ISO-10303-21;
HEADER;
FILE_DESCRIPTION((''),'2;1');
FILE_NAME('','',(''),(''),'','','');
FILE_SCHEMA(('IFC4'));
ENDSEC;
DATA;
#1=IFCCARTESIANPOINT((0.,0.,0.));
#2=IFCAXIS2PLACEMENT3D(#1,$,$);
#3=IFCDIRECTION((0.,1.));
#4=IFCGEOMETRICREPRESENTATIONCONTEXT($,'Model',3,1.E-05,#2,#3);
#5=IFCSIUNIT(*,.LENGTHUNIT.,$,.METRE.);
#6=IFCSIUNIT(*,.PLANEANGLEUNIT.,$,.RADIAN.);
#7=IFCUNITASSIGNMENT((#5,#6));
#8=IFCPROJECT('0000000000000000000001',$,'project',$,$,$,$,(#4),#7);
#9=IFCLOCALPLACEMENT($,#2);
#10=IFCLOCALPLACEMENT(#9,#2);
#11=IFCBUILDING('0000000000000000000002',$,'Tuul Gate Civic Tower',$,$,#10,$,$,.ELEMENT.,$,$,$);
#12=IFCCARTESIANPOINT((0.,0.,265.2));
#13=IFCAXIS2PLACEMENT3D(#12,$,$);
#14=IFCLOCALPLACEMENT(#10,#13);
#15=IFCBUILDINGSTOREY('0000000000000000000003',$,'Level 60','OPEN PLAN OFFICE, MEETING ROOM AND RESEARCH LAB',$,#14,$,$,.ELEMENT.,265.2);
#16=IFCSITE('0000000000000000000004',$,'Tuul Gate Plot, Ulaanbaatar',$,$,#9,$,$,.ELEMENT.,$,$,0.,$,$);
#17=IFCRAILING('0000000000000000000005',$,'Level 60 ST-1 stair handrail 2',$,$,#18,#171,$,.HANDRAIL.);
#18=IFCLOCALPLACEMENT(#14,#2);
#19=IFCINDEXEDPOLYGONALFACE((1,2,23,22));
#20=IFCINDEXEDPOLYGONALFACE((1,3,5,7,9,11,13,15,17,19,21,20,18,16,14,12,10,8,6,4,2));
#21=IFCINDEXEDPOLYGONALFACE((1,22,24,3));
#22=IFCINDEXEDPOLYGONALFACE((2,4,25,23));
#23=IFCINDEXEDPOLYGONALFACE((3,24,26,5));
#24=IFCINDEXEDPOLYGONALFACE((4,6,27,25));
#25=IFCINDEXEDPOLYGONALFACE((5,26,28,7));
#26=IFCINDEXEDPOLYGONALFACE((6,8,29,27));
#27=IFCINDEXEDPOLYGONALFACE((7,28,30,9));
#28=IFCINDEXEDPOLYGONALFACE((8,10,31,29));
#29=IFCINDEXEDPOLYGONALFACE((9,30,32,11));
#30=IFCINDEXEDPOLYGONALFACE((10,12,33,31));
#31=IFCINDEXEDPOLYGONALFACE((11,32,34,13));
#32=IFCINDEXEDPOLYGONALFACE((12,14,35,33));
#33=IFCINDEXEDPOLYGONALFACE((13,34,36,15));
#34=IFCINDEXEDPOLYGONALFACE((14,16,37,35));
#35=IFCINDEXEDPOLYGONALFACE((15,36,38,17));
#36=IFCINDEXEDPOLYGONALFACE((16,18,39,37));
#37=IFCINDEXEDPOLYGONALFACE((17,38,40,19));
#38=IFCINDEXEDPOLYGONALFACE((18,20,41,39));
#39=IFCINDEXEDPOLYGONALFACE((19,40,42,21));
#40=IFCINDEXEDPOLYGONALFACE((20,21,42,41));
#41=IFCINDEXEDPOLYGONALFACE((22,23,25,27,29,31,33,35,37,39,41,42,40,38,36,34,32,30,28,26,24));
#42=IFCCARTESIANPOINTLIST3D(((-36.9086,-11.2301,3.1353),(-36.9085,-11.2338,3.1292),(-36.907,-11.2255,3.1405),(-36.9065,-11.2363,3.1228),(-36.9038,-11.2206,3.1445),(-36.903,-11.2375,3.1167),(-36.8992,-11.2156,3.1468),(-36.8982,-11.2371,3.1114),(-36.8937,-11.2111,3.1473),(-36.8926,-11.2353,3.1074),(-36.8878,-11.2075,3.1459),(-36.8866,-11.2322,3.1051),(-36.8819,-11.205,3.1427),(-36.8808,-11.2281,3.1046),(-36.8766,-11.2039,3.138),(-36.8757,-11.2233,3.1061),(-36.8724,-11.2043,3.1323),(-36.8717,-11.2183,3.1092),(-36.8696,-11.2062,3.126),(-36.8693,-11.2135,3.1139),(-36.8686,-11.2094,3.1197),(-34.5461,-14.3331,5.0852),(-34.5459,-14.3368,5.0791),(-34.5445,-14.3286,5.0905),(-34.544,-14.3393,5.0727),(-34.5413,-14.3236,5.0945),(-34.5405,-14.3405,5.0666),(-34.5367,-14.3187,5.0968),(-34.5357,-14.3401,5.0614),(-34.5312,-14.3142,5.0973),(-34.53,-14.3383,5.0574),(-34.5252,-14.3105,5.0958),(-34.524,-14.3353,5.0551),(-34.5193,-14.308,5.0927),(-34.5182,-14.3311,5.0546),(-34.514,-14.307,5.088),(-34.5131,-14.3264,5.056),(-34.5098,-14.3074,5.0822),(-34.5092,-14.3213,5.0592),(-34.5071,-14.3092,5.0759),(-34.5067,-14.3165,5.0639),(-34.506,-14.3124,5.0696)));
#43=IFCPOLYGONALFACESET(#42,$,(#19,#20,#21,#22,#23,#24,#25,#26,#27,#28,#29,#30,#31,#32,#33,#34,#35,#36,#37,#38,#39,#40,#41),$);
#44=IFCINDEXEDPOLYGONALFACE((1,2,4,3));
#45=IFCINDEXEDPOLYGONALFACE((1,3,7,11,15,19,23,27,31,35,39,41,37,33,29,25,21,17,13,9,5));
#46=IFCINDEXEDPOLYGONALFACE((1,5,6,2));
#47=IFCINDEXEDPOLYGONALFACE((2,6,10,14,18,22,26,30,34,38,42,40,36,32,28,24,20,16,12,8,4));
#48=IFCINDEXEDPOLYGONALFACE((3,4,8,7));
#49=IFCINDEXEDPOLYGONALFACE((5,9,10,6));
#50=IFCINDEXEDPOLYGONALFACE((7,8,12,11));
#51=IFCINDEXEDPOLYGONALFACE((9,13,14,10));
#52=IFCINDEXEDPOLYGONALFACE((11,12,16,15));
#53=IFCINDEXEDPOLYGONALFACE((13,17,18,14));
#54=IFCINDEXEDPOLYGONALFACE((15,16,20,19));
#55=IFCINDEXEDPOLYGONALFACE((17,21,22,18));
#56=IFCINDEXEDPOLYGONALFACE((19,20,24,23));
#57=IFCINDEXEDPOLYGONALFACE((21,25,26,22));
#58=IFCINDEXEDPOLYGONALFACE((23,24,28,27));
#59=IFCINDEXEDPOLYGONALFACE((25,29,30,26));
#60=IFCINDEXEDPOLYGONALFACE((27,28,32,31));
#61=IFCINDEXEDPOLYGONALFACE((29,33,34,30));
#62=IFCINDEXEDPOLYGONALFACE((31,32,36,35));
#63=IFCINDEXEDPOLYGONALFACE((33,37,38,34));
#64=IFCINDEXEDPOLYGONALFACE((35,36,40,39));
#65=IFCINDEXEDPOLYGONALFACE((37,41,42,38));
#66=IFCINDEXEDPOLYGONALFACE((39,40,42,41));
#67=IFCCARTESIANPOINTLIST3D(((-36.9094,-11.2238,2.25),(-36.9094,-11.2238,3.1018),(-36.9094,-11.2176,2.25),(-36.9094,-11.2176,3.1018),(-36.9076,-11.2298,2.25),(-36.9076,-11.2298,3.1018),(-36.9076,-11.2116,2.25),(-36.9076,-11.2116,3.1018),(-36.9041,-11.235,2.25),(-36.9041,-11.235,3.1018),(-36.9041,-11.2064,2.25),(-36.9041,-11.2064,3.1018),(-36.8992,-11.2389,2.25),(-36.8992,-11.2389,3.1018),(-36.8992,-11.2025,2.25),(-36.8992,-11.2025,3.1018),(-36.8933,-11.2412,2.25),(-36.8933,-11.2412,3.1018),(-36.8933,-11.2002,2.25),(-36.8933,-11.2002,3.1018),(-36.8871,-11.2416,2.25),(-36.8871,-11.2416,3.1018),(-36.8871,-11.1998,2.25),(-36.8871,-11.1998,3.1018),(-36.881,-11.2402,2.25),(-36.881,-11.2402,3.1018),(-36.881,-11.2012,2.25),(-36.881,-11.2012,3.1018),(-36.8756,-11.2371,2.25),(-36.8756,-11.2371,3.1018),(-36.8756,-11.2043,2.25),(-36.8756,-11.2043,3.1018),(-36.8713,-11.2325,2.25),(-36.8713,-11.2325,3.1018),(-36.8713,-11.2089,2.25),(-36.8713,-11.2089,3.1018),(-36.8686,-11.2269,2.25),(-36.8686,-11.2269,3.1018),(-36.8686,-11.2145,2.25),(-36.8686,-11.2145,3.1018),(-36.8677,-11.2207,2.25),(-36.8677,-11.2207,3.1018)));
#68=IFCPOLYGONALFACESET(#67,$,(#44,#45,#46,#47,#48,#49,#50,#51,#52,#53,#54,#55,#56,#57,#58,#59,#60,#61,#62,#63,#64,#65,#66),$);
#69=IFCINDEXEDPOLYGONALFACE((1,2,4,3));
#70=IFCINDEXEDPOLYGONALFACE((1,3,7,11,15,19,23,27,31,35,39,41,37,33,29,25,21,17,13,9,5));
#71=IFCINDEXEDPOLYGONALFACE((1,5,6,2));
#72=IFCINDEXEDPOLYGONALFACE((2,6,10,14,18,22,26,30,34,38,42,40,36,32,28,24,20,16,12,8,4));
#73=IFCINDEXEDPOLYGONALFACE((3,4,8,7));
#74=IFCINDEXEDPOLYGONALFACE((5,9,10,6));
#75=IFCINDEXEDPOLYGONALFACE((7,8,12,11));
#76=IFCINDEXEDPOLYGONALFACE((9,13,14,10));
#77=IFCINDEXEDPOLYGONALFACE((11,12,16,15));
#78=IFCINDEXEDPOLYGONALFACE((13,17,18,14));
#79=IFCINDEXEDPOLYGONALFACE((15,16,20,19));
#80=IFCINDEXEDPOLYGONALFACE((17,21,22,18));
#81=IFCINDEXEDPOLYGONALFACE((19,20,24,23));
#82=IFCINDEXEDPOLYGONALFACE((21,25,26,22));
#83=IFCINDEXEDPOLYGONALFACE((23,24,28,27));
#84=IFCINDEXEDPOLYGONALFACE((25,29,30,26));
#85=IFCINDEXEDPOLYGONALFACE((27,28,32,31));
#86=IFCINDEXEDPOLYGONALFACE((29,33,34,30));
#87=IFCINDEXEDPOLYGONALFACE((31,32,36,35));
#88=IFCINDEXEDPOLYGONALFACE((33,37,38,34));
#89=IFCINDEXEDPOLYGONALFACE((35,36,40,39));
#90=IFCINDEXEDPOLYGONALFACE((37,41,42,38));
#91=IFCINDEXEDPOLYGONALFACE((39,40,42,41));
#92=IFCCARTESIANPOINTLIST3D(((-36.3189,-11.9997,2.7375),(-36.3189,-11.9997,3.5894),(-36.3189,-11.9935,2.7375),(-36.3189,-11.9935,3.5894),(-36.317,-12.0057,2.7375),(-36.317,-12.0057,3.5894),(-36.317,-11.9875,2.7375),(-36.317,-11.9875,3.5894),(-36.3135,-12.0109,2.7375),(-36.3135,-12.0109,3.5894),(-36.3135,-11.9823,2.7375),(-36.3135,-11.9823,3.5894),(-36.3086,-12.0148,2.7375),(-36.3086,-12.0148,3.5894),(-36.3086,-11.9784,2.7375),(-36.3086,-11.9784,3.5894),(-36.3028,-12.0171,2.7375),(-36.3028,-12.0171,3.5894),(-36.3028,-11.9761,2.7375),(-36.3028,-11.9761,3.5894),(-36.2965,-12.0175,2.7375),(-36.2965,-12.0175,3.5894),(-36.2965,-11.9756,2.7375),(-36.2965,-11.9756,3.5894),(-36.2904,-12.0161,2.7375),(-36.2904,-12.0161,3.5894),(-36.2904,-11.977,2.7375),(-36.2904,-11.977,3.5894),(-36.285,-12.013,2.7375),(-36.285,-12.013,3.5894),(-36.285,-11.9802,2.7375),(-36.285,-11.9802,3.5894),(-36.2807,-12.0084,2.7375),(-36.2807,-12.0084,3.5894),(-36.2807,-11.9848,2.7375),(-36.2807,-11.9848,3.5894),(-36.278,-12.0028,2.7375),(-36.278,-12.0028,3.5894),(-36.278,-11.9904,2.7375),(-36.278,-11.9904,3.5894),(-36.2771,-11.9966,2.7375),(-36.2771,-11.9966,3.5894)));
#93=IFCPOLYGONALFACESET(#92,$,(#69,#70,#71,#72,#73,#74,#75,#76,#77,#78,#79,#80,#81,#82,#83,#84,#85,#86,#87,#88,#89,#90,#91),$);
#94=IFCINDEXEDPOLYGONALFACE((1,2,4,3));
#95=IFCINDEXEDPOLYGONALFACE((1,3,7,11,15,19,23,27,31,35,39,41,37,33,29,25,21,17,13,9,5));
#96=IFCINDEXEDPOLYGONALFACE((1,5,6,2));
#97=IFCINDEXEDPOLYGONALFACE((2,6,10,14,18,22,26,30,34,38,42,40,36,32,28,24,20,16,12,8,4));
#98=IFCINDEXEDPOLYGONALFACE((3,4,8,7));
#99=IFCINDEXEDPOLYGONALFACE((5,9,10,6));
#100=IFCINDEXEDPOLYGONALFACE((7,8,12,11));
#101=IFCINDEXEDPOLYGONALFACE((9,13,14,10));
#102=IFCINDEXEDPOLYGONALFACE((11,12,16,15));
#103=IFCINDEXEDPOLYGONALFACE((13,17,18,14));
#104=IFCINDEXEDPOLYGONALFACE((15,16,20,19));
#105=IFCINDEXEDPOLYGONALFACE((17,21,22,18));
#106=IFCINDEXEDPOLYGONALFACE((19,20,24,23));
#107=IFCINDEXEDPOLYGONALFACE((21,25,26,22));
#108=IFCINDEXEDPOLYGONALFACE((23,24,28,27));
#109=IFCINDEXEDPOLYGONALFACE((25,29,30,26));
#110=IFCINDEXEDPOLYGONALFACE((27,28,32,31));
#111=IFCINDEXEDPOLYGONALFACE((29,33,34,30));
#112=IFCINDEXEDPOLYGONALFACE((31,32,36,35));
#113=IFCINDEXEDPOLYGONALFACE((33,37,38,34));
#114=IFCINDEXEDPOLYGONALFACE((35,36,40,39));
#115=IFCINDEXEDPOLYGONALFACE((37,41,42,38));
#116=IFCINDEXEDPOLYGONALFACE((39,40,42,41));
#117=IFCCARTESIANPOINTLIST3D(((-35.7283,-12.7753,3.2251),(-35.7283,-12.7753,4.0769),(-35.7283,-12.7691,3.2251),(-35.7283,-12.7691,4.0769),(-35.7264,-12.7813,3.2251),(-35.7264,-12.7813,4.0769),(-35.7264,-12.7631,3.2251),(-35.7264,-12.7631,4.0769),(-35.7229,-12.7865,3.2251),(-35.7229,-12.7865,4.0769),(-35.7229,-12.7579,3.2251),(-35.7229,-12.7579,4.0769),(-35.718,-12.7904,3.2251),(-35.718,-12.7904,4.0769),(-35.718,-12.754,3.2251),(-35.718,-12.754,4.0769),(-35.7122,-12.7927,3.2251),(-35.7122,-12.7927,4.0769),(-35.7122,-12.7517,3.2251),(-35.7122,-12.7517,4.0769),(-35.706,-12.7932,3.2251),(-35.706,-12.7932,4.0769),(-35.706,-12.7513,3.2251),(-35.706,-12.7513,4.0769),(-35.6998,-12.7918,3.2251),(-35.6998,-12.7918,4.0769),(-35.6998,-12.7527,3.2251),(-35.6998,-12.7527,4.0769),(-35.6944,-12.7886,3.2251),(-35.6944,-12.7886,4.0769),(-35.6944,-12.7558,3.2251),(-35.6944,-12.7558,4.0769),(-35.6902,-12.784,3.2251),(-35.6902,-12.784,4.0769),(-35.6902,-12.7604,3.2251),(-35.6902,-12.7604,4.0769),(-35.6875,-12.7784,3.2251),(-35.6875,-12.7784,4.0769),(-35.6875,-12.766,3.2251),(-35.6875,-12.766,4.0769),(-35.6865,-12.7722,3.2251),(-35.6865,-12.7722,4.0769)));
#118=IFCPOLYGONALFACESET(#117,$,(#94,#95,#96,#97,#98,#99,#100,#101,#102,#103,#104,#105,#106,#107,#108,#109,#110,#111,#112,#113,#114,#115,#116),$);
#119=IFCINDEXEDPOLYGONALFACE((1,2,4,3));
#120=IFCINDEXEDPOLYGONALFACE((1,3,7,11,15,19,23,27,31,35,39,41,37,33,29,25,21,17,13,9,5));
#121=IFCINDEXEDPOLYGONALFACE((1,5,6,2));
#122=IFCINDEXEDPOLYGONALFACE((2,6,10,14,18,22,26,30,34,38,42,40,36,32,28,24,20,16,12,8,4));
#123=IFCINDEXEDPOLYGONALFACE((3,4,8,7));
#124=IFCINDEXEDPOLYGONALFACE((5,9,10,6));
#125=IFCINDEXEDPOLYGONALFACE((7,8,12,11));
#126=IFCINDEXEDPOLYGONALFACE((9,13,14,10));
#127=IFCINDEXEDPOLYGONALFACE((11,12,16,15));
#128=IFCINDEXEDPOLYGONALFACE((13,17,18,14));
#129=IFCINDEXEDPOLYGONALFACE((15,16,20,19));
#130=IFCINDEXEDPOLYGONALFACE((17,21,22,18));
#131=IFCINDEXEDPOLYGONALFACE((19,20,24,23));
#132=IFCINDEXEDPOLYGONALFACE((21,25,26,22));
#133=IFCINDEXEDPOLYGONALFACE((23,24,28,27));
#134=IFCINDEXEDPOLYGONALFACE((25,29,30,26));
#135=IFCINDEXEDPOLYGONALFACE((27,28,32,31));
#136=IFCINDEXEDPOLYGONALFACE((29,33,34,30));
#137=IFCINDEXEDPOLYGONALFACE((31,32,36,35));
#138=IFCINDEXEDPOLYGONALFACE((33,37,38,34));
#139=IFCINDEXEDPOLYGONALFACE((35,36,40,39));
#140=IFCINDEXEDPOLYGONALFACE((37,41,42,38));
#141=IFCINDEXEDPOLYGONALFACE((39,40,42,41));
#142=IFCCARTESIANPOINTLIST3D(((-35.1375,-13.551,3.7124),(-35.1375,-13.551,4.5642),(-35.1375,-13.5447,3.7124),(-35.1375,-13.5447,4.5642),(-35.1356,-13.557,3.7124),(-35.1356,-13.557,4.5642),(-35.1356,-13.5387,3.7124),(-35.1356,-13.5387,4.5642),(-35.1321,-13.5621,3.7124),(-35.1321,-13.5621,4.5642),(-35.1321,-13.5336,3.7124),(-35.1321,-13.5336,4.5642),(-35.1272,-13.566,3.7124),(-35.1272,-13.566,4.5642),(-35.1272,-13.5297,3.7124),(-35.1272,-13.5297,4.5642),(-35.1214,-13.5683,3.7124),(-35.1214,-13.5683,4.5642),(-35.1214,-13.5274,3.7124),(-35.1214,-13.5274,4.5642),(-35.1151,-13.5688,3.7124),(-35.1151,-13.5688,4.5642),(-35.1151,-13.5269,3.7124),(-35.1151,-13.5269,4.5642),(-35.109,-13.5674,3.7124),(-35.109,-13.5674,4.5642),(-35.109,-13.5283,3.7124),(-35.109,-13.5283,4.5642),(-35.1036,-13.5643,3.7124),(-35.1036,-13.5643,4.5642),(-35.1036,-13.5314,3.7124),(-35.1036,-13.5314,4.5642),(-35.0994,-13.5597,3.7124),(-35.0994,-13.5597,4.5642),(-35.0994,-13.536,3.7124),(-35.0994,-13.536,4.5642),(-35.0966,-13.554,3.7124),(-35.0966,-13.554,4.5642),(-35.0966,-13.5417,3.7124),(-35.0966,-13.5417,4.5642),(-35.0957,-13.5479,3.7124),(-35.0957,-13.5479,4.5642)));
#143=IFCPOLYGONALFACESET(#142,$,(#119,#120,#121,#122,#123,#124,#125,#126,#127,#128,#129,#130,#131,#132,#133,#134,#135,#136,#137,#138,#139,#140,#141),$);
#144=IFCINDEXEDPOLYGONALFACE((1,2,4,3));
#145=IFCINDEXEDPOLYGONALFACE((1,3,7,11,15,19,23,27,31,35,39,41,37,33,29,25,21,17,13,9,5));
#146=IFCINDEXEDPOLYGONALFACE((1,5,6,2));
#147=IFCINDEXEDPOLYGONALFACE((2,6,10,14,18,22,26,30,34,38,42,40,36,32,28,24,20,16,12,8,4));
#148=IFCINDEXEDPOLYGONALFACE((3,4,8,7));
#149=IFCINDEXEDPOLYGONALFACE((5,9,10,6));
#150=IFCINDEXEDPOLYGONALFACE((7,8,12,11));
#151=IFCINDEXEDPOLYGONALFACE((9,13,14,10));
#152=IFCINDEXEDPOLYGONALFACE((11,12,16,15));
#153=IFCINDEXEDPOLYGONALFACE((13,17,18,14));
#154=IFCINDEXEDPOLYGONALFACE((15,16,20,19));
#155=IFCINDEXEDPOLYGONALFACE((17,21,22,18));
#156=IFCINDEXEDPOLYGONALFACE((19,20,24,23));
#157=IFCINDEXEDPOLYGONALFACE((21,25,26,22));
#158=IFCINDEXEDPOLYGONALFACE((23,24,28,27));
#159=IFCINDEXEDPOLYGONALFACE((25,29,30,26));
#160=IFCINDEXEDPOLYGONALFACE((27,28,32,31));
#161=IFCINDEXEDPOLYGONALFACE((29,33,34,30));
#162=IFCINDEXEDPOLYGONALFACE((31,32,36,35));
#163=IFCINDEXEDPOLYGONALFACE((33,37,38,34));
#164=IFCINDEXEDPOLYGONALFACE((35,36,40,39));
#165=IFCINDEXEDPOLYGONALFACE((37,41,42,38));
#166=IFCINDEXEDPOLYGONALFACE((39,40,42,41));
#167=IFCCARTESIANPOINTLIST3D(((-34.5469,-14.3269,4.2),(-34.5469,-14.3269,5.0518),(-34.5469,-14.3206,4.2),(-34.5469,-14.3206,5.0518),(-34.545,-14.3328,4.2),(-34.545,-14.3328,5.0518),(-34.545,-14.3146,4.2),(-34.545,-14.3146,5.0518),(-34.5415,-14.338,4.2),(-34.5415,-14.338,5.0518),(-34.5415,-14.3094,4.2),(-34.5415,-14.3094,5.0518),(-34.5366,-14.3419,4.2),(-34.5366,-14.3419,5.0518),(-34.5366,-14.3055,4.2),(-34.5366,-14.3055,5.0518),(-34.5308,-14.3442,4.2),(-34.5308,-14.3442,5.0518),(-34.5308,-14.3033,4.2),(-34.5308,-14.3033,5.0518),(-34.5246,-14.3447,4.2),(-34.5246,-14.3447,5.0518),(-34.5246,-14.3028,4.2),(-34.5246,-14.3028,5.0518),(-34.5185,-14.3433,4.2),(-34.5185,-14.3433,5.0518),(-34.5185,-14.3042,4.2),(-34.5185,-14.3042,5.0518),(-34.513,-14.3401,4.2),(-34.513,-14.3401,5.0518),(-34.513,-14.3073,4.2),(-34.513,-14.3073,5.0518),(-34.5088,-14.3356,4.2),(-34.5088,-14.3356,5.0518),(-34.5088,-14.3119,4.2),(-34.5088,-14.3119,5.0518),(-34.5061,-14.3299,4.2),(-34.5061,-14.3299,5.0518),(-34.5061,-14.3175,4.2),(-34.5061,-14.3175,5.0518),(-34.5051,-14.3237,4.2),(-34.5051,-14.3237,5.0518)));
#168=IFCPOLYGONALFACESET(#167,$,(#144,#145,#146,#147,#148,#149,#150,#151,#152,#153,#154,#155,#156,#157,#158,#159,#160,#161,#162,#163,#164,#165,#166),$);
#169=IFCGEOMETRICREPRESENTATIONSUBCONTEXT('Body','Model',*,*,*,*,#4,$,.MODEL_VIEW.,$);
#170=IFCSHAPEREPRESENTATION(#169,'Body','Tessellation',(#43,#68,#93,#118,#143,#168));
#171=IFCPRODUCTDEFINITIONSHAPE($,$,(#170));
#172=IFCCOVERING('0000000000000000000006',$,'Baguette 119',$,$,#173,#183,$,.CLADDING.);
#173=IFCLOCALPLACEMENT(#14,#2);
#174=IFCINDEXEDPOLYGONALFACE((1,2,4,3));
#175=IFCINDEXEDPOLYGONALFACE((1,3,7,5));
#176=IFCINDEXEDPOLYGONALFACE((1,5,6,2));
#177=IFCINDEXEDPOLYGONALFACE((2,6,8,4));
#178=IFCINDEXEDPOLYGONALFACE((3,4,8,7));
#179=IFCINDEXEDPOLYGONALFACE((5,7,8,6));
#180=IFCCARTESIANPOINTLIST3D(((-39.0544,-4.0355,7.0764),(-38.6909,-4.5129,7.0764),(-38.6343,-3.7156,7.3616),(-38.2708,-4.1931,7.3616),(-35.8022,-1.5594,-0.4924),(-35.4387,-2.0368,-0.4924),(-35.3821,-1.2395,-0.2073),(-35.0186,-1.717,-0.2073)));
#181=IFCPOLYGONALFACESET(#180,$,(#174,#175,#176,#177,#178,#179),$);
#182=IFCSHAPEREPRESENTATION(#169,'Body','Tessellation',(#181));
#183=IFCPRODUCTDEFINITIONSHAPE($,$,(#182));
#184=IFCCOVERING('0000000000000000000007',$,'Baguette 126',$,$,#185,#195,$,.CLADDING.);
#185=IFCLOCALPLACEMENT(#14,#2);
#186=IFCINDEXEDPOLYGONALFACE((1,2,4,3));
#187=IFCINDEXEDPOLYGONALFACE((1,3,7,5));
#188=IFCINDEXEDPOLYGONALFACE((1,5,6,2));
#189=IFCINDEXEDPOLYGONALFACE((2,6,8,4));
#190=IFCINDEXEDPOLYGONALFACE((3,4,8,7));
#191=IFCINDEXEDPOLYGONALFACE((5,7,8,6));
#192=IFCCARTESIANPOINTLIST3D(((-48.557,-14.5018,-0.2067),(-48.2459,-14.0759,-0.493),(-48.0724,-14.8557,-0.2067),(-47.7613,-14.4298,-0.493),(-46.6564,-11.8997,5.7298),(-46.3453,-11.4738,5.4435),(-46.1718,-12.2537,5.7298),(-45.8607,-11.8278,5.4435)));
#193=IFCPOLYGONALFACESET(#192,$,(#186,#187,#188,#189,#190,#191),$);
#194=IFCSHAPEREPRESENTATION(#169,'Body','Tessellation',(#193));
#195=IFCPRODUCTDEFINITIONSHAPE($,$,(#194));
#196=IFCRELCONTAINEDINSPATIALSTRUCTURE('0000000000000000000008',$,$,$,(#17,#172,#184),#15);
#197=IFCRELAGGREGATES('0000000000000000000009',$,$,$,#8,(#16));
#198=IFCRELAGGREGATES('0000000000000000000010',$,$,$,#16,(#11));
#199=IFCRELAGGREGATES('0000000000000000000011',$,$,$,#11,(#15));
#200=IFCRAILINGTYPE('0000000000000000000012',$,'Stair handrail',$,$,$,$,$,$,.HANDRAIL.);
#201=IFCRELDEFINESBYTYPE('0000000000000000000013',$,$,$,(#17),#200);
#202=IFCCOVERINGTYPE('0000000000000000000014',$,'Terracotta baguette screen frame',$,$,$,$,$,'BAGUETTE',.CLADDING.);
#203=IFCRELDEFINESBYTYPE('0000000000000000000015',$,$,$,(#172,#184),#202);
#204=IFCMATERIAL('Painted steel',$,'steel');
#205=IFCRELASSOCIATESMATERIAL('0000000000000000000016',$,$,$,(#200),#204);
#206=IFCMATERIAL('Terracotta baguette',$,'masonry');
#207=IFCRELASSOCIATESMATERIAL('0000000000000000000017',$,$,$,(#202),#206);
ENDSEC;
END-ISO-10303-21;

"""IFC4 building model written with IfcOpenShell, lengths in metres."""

from ifc_helpers import new_model, si_unit, direction, frame, origin, origin_2d, place, context, subcontext, project, spatial, rectangle, circle, extrude, material, material_profile, profile_set, type_object, element, save


model = new_model("IFC4")

# Units and contexts
model_context = context("Model", 3, precision=1e-05, world=origin(), true_north=direction((0.0, 1.0)))
body_context = subcontext(model_context, "Body", "Model", "MODEL_VIEW")
ifc_project = project(units=[si_unit("LENGTHUNIT", "METRE"), si_unit("PLANEANGLEUNIT", "RADIAN")], contexts=[model_context])

# Site, building, storey
site_placement = place(None, origin())
site = spatial("IfcSite", under=ifc_project, at=site_placement, Name="Tuul Gate Plot, Ulaanbaatar", CompositionType="ELEMENT", RefElevation=0.0)
building_placement = place(site_placement, origin())
building = spatial("IfcBuilding", under=site, at=building_placement, Name="Tuul Gate Civic Tower", CompositionType="ELEMENT")
storey_placement = place(building_placement, frame((0.0, 0.0, 265.2)))
storey = spatial("IfcBuildingStorey", under=building, at=storey_placement, Name="Level 60", Description="OPEN PLAN OFFICE, MEETING ROOM AND RESEARCH LAB", CompositionType="ELEMENT", Elevation=265.2)

# Railing
ifc_material_1 = material(Name="Painted steel", Category="steel")
railing_type = type_object("IfcRailingType", Name="Stair handrail", PredefinedType="HANDRAIL", material=ifc_material_1)
railing_1_placement = place(storey_placement, frame((-36.8887, -11.2207, 2.25)))
element("IfcRailing", 1, at=railing_1_placement, inside=storey, type_object=railing_type, Name="Level 60 ST-1 stair handrail 2", PredefinedType="HANDRAIL", context=body_context, shape_type="SweptSolid", body=[
    extrude(circle(Radius=0.0239, at=origin_2d()), frame((0.0, 0.0, 0.876), z_axis=(0.541824, -0.711645, 0.4472), x_axis=(0.795637, 0.605773, 0.0)), (0.0, 0.0, 1.0), 4.3604),
    extrude(circle(Radius=0.021, at=origin_2d()), origin(), (0.0, 0.0, 1.0), 0.8518),
    extrude(circle(Radius=0.021, at=origin_2d()), frame((0.5906, -0.7759, 0.4875)), (0.0, 0.0, 1.0), 0.8518),
    extrude(circle(Radius=0.021, at=origin_2d()), frame((1.1812, -1.5515, 0.9751)), (0.0, 0.0, 1.0), 0.8518),
    extrude(circle(Radius=0.021, at=origin_2d()), frame((1.772, -2.3271, 1.4624)), (0.0, 0.0, 1.0), 0.8518),
    extrude(circle(Radius=0.021, at=origin_2d()), frame((2.3625, -3.103, 1.95)), (0.0, 0.0, 1.0), 0.8518),
])

# Coverings
ifc_material_2 = material(Name="Terracotta baguette", Category="masonry")
ifc_material_profile_1 = material_profile(ifc_material_2, rectangle(XDim=0.6001, YDim=0.6001, at=origin_2d()), Name="Terracotta baguette screen frame")
ifc_profile_set_1 = profile_set([ifc_material_profile_1], Name="Terracotta baguette")
covering_type = type_object("IfcCoveringType", Name="Terracotta baguette screen frame", ElementType="BAGUETTE", PredefinedType="CLADDING", material=ifc_profile_set_1)
covering_1_placement = place(storey_placement, frame((-38.6626, -4.1143, 7.219), z_axis=(0.378073, 0.287847, -0.879889), x_axis=(-0.605766, 0.795643, 0.0)))
element("IfcCovering", 2, at=covering_1_placement, inside=storey, type_object=covering_type, Name="Baguette 119", PredefinedType="CLADDING", context=body_context, shape_type="SweptSolid", body=[
    extrude(rectangle(XDim=0.6001, YDim=0.6001, at=origin_2d()), origin(), (0.0, 0.0, 1.0), 8.6021),
])
covering_2_placement = place(storey_placement, frame((-46.2585, -11.8638, 5.5867), z_axis=(-0.281381, -0.385223, -0.878879), x_axis=(0.807519, -0.589842, 0.0)))
element("IfcCovering", 3, at=covering_2_placement, inside=storey, type_object=covering_type, Name="Baguette 126", PredefinedType="CLADDING", context=body_context, shape_type="SweptSolid", body=[
    extrude(rectangle(XDim=0.6001, YDim=0.6001, at=origin_2d()), origin(), (0.0, 0.0, 1.0), 6.7546),
])

save(model, "model.ifc")
